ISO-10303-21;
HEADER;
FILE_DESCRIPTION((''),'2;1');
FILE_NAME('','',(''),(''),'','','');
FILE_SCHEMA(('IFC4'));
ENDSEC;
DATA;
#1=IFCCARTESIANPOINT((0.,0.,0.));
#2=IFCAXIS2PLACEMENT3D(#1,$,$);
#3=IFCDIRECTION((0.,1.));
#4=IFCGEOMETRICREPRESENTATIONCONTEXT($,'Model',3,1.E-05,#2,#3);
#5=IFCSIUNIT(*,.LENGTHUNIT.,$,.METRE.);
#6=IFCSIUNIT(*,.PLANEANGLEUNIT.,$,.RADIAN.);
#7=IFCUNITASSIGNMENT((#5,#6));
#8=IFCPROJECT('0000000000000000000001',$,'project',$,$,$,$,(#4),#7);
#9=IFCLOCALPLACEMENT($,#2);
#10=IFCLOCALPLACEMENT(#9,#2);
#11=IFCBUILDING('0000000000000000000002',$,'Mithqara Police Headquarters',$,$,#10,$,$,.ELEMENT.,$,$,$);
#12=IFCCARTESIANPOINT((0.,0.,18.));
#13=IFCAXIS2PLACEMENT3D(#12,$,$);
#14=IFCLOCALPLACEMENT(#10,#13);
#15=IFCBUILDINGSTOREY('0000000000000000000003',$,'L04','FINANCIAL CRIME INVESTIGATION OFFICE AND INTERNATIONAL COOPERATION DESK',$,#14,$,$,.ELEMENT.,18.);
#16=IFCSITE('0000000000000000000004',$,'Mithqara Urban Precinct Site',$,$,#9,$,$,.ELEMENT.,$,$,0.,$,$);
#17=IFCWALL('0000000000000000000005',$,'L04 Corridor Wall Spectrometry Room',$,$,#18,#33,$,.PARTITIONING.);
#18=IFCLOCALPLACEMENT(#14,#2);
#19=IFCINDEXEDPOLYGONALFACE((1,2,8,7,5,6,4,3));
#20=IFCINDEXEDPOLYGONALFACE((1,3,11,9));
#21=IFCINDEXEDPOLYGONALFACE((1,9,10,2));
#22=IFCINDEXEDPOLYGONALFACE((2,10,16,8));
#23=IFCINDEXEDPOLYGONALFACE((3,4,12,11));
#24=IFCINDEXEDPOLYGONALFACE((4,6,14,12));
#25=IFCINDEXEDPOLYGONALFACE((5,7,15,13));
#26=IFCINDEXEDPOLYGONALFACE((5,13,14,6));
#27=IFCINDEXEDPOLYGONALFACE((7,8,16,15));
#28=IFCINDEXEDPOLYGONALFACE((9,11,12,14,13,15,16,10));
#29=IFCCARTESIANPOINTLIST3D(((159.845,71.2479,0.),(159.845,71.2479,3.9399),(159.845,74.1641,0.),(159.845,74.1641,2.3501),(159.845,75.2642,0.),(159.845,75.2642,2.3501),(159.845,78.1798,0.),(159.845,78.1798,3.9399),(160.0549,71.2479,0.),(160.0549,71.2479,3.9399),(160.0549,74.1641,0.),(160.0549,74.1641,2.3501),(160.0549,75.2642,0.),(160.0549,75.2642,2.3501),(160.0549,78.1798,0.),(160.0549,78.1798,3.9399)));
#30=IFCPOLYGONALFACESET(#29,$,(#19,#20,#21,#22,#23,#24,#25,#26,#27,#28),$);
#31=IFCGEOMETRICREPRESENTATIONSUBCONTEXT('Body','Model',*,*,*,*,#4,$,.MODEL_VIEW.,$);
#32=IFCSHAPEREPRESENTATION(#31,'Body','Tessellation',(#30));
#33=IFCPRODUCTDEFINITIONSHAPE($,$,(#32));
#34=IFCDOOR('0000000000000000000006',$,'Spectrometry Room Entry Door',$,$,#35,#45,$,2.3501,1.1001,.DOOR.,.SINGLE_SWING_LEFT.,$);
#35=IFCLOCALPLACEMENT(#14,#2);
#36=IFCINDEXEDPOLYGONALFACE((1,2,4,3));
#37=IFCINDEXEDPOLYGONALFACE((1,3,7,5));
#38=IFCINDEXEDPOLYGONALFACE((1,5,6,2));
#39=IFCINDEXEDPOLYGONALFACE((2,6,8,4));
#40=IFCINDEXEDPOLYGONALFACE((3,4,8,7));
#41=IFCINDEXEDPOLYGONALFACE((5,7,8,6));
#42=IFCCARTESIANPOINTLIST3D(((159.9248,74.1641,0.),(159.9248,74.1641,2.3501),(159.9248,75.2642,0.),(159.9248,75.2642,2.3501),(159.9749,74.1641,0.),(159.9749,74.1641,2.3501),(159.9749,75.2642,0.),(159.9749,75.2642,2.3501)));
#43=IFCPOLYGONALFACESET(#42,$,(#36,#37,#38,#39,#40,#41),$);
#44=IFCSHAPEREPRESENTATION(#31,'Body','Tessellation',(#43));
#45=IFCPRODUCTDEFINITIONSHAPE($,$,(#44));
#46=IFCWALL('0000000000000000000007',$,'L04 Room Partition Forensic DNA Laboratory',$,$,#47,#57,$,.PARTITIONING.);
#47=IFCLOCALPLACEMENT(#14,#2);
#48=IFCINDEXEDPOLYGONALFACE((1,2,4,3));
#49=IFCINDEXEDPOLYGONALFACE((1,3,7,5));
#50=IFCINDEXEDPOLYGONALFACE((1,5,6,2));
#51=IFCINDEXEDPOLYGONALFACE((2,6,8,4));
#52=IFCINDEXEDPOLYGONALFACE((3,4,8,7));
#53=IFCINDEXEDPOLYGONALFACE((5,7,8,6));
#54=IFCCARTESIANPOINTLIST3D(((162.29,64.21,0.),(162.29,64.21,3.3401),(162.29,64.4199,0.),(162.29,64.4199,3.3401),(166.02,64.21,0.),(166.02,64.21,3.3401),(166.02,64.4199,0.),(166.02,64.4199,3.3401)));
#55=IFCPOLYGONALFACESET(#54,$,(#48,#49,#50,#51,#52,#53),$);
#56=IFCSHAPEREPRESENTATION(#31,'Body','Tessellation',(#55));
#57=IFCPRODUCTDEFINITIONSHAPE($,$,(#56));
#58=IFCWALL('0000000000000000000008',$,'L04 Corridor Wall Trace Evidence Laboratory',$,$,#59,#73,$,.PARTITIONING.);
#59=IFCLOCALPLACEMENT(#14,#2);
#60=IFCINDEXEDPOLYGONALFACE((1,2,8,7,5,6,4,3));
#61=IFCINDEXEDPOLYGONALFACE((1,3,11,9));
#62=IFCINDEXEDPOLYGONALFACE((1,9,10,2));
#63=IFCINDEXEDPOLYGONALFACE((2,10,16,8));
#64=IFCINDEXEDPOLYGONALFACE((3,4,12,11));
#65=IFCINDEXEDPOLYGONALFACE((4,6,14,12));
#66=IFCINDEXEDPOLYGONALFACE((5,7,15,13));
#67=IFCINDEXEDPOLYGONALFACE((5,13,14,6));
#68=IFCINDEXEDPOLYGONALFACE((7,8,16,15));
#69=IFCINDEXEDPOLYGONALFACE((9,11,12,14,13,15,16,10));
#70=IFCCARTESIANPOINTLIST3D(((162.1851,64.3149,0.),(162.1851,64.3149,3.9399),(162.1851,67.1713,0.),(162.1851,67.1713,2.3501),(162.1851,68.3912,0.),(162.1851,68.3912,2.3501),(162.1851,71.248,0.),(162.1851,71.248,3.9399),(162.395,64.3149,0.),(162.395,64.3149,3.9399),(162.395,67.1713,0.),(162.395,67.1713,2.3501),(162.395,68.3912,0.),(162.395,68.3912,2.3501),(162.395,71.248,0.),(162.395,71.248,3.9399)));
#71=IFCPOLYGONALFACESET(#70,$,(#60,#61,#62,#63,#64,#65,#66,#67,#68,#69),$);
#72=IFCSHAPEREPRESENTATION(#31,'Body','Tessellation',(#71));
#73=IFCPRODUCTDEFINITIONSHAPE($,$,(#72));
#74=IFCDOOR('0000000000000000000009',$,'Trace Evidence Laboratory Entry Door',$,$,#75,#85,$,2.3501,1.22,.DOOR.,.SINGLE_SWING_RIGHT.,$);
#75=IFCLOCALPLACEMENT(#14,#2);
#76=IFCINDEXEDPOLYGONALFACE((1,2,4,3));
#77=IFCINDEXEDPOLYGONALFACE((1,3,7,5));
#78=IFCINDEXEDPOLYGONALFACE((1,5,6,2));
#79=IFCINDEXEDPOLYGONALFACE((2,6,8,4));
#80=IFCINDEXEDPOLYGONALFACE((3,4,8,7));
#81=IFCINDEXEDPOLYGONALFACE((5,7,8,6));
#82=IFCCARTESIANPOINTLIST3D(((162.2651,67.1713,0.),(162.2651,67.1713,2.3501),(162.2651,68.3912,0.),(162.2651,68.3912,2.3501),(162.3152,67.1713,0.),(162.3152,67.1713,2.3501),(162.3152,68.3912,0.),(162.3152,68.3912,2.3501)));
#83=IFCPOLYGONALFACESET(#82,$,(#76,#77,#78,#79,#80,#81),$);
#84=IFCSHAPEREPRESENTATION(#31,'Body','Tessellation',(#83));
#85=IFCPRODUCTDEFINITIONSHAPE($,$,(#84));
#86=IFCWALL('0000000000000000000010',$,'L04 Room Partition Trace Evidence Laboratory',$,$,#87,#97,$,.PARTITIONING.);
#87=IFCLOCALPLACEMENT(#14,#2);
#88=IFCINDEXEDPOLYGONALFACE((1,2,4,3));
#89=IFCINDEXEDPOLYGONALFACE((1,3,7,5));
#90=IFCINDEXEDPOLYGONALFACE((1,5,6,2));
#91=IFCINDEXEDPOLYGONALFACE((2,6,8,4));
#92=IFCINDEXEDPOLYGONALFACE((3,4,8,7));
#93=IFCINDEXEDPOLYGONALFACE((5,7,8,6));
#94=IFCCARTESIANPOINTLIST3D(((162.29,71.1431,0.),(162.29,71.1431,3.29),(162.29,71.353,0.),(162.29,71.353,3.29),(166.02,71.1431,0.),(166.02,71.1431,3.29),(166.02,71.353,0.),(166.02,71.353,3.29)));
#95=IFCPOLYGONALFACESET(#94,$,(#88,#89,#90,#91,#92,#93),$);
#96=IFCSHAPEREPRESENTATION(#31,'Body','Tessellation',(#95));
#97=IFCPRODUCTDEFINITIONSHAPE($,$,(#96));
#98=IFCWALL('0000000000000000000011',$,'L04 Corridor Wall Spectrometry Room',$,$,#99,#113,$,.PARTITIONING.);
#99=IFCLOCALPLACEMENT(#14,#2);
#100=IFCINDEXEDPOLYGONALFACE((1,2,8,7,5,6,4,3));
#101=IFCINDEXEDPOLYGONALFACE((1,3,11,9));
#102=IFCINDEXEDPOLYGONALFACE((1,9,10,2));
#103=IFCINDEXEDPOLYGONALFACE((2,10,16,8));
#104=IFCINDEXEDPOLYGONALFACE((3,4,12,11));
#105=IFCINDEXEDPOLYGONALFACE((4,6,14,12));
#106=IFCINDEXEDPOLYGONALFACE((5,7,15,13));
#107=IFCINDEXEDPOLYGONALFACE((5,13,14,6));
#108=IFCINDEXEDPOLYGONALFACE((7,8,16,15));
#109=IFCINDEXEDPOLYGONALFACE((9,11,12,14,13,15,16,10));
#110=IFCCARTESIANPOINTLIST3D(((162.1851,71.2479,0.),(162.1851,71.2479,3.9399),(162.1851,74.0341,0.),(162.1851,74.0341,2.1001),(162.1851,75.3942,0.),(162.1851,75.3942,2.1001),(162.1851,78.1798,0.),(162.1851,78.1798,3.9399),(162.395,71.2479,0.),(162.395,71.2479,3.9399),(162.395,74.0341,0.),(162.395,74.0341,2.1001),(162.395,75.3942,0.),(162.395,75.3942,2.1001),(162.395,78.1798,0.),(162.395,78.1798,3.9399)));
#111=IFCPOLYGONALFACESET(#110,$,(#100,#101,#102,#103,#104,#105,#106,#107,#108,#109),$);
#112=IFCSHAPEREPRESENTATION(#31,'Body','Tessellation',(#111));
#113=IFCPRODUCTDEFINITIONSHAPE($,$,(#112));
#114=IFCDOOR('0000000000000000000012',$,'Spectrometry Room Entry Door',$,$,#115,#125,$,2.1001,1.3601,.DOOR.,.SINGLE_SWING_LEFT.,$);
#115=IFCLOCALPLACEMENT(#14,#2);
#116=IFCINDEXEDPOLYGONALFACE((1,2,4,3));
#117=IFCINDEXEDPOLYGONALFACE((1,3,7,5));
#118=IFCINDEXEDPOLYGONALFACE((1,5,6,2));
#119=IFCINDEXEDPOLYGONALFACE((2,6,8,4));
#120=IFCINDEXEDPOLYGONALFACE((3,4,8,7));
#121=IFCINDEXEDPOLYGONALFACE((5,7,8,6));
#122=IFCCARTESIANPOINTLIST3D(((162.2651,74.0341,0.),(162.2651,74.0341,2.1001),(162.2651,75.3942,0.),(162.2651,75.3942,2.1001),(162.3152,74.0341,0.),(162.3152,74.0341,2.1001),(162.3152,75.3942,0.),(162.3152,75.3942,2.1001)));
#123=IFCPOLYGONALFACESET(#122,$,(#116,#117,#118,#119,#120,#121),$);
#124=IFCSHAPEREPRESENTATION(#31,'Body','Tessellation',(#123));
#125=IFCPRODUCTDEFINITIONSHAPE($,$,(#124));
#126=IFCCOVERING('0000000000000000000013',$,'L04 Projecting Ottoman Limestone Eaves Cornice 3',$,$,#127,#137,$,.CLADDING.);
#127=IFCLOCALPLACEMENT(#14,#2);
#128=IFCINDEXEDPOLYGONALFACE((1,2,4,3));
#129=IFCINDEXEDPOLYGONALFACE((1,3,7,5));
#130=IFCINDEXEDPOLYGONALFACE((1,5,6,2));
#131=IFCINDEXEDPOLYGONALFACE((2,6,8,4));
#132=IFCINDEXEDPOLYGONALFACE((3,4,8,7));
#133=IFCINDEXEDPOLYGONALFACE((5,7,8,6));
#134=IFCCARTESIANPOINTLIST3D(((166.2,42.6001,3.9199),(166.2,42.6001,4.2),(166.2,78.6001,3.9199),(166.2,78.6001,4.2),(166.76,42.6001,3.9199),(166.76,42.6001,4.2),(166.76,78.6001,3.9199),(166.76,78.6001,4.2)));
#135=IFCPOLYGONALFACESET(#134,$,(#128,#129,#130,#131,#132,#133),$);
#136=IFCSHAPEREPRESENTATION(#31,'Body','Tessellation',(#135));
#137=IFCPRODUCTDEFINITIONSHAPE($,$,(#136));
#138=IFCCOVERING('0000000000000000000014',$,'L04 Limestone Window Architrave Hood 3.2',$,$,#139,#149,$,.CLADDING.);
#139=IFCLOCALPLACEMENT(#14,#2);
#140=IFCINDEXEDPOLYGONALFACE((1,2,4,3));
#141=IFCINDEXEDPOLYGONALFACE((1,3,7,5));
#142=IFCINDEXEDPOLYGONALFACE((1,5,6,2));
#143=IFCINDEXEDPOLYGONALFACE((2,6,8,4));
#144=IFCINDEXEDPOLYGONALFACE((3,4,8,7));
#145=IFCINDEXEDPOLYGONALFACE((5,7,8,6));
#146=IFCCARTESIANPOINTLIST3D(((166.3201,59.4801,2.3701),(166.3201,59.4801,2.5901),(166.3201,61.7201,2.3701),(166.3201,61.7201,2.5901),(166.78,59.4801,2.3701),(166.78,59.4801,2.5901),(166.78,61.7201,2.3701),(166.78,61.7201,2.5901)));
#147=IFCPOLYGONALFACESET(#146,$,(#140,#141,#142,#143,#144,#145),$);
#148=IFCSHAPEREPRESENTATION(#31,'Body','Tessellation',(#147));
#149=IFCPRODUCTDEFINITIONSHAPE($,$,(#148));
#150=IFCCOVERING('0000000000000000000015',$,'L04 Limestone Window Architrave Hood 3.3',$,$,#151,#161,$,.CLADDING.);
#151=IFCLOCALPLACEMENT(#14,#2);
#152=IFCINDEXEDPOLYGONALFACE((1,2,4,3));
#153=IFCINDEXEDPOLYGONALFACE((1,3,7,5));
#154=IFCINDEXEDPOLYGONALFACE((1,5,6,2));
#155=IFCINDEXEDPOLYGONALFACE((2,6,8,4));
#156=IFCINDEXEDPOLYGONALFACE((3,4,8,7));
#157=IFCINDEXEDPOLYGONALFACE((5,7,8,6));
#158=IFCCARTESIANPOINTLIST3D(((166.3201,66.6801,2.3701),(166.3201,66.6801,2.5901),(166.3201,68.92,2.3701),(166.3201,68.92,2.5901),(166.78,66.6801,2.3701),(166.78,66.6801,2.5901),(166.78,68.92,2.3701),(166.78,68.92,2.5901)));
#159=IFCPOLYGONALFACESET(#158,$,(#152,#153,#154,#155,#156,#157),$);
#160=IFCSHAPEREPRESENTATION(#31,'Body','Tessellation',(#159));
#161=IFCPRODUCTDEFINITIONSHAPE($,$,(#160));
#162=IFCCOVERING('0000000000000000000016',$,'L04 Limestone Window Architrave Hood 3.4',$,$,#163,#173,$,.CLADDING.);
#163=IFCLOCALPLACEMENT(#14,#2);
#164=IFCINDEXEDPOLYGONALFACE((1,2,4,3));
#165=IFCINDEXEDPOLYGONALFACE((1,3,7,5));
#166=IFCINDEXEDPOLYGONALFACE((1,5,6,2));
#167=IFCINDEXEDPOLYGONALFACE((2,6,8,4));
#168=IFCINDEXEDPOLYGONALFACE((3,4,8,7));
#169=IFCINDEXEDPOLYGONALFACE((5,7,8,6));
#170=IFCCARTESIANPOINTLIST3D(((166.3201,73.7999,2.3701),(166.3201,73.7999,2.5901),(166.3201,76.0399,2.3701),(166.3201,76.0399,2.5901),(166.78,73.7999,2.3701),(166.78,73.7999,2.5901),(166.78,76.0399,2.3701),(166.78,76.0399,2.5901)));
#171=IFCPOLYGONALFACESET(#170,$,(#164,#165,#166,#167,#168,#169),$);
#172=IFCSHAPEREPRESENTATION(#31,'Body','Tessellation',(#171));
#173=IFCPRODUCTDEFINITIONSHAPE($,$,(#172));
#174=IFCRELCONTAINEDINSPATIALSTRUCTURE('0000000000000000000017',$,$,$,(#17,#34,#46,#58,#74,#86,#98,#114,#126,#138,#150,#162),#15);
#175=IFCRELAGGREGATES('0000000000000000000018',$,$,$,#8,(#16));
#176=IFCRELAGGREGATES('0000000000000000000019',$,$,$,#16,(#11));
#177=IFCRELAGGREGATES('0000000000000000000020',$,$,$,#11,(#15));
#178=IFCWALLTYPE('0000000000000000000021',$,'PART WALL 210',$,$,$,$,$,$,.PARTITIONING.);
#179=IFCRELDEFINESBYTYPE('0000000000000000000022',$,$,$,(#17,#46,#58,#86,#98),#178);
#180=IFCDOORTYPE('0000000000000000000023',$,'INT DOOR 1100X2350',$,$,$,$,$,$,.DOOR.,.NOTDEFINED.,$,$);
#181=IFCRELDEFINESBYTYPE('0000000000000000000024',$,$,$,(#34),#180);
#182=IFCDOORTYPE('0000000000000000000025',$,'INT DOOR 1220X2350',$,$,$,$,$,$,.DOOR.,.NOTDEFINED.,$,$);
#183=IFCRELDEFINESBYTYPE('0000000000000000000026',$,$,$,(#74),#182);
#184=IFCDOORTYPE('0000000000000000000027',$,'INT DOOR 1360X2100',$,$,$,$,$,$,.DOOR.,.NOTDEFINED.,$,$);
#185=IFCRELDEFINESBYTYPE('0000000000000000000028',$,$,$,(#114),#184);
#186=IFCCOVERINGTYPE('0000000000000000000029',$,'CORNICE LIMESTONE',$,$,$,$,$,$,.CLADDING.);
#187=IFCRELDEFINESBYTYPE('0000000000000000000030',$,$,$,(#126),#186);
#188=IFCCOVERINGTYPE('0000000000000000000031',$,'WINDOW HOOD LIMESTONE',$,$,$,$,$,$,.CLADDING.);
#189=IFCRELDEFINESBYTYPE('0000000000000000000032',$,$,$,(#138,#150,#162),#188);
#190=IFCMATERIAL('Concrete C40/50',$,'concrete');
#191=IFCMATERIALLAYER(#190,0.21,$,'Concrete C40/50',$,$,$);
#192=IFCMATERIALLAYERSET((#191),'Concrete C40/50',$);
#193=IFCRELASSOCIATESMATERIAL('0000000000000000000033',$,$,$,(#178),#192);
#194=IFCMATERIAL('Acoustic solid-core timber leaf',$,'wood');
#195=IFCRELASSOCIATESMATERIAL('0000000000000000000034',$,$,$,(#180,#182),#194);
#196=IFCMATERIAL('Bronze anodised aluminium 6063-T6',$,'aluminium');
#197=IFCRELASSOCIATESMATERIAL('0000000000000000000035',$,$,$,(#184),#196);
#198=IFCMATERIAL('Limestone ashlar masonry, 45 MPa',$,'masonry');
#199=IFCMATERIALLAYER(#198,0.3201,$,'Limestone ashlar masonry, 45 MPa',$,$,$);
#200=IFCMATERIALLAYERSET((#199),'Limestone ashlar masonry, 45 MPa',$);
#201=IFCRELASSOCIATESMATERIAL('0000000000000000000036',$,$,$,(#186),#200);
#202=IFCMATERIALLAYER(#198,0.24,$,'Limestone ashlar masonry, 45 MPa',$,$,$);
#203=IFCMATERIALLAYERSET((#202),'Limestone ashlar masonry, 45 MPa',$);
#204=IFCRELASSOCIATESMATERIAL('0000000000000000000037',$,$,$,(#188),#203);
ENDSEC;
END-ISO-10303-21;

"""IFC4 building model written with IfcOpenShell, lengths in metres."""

from ifc_helpers import new_model, si_unit, direction, frame, frame_2d, origin, origin_2d, place, context, subcontext, project, spatial, rectangle, extrude, material, layer, layer_set, type_object, element, fill, save


model = new_model("IFC4")

# Units and contexts
model_context = context("Model", 3, precision=1e-05, world=origin(), true_north=direction((0.0, 1.0)))
body_context = subcontext(model_context, "Body", "Model", "MODEL_VIEW")
ifc_project = project(units=[si_unit("LENGTHUNIT", "METRE"), si_unit("PLANEANGLEUNIT", "RADIAN")], contexts=[model_context])

# Site, building, storey
site_placement = place(None, origin())
site = spatial("IfcSite", under=ifc_project, at=site_placement, Name="Mithqara Urban Precinct Site", CompositionType="ELEMENT", RefElevation=0.0)
building_placement = place(site_placement, origin())
building = spatial("IfcBuilding", under=site, at=building_placement, Name="Mithqara Police Headquarters", CompositionType="ELEMENT")
storey_placement = place(building_placement, frame((0.0, 0.0, 18.0)))
storey = spatial("IfcBuildingStorey", under=building, at=storey_placement, Name="L04", Description="FINANCIAL CRIME INVESTIGATION OFFICE AND INTERNATIONAL COOPERATION DESK", CompositionType="ELEMENT", Elevation=18.0)

# Shared definitions
ifc_material_1 = material(Name="Concrete C40/50", Category="concrete")

# Wall, opening, door
ifc_layer_1 = layer(ifc_material_1, 0.21, Name="Concrete C40/50")
ifc_layer_set_1 = layer_set([ifc_layer_1], Name="Concrete C40/50")
wall_type = type_object("IfcWallType", Name="PART WALL 210", PredefinedType="PARTITIONING", material=ifc_layer_set_1)
ifc_material_2 = material(Name="Acoustic solid-core timber leaf", Category="wood")
wall_1_placement = place(storey_placement, frame((159.95, 71.248, 0.0), z_axis=(0.0, 0.0, 1.0), x_axis=(0.0, 1.0, 0.0)))
wall_1 = element("IfcWall", 1, at=wall_1_placement, inside=storey, type_object=wall_type, Name="L04 Corridor Wall Spectrometry Room", PredefinedType="PARTITIONING", context=body_context, shape_type="SweptSolid", body=[
    extrude(rectangle(XDim=6.9319, YDim=0.21, at=frame_2d((3.4658, 0.0))), origin(), (0.0, 0.0, 1.0), 3.9399),
])
opening_1_placement = place(wall_1_placement, frame((2.916, 0.0, 0.0)))
opening_1 = element("IfcOpeningElement", 2, at=opening_1_placement, cuts=wall_1, PredefinedType="OPENING", context=body_context, shape_type="SweptSolid", body=[
    extrude(rectangle(XDim=1.1001, YDim=2.3501, at=frame_2d((0.55, 1.175))), frame((0.0, 0.115, 0.0), z_axis=(0.0, -1.0, 0.0), x_axis=(1.0, 0.0, 0.0)), (0.0, 0.0, 1.0), 0.23),
])
door_type_1 = type_object("IfcDoorType", Name="INT DOOR 1100X2350", OperationType="NOTDEFINED", PredefinedType="DOOR", material=ifc_material_2)
door_1_placement = place(opening_1_placement, frame((1.1001, 0.0, 0.0), z_axis=(0.0, 0.0, 1.0), x_axis=(-1.0, 0.0, 0.0)))
door_1 = element("IfcDoor", 3, at=door_1_placement, inside=storey, type_object=door_type_1, Name="Spectrometry Room Entry Door", OperationType="SINGLE_SWING_LEFT", OverallHeight=2.3501, OverallWidth=1.1001, PredefinedType="DOOR", context=body_context, shape_type="SweptSolid", body=[
    extrude(rectangle(XDim=1.1001, YDim=2.3501, at=frame_2d((0.55, 1.175))), frame((0.0, 0.0249, 0.0), z_axis=(0.0, -1.0, 0.0), x_axis=(1.0, 0.0, 0.0)), (0.0, 0.0, 1.0), 0.05),
])
fill(opening_1, door_1)

# Wall
wall_2_placement = place(storey_placement, frame((162.29, 64.3149, 0.0), z_axis=(0.0, 0.0, 1.0), x_axis=(1.0, 0.0, 0.0)))
element("IfcWall", 4, at=wall_2_placement, inside=storey, type_object=wall_type, Name="L04 Room Partition Forensic DNA Laboratory", PredefinedType="PARTITIONING", context=body_context, shape_type="SweptSolid", body=[
    extrude(rectangle(XDim=3.73, YDim=0.21, at=frame_2d((1.865, 0.0))), origin(), (0.0, 0.0, 1.0), 3.3401),
])

# Wall, opening, door
wall_3_placement = place(storey_placement, frame((162.29, 64.3149, 0.0), z_axis=(0.0, 0.0, 1.0), x_axis=(0.0, 1.0, 0.0)))
wall_3 = element("IfcWall", 5, at=wall_3_placement, inside=storey, type_object=wall_type, Name="L04 Corridor Wall Trace Evidence Laboratory", PredefinedType="PARTITIONING", context=body_context, shape_type="SweptSolid", body=[
    extrude(rectangle(XDim=6.9331, YDim=0.21, at=frame_2d((3.4666, 0.0))), origin(), (0.0, 0.0, 1.0), 3.9399),
])
opening_2_placement = place(wall_3_placement, frame((2.8564, 0.0, 0.0)))
opening_2 = element("IfcOpeningElement", 6, at=opening_2_placement, cuts=wall_3, PredefinedType="OPENING", context=body_context, shape_type="SweptSolid", body=[
    extrude(rectangle(XDim=1.22, YDim=2.3501, at=frame_2d((0.6099, 1.175))), frame((0.0, 0.115, 0.0), z_axis=(0.0, -1.0, 0.0), x_axis=(1.0, 0.0, 0.0)), (0.0, 0.0, 1.0), 0.23),
])
door_type_2 = type_object("IfcDoorType", Name="INT DOOR 1220X2350", OperationType="NOTDEFINED", PredefinedType="DOOR", material=ifc_material_2)
door_2_placement = place(opening_2_placement, origin())
door_2 = element("IfcDoor", 7, at=door_2_placement, inside=storey, type_object=door_type_2, Name="Trace Evidence Laboratory Entry Door", OperationType="SINGLE_SWING_RIGHT", OverallHeight=2.3501, OverallWidth=1.22, PredefinedType="DOOR", context=body_context, shape_type="SweptSolid", body=[
    extrude(rectangle(XDim=1.22, YDim=2.3501, at=frame_2d((0.6099, 1.175))), frame((0.0, 0.0249, 0.0), z_axis=(0.0, -1.0, 0.0), x_axis=(1.0, 0.0, 0.0)), (0.0, 0.0, 1.0), 0.05),
])
fill(opening_2, door_2)

# Wall
wall_4_placement = place(storey_placement, frame((162.29, 71.248, 0.0), z_axis=(0.0, 0.0, 1.0), x_axis=(1.0, 0.0, 0.0)))
element("IfcWall", 8, at=wall_4_placement, inside=storey, type_object=wall_type, Name="L04 Room Partition Trace Evidence Laboratory", PredefinedType="PARTITIONING", context=body_context, shape_type="SweptSolid", body=[
    extrude(rectangle(XDim=3.73, YDim=0.21, at=frame_2d((1.865, 0.0))), origin(), (0.0, 0.0, 1.0), 3.29),
])

# Wall, opening, door
wall_5_placement = place(storey_placement, frame((162.29, 71.248, 0.0), z_axis=(0.0, 0.0, 1.0), x_axis=(0.0, 1.0, 0.0)))
wall_5 = element("IfcWall", 9, at=wall_5_placement, inside=storey, type_object=wall_type, Name="L04 Corridor Wall Spectrometry Room", PredefinedType="PARTITIONING", context=body_context, shape_type="SweptSolid", body=[
    extrude(rectangle(XDim=6.9319, YDim=0.21, at=frame_2d((3.4658, 0.0))), origin(), (0.0, 0.0, 1.0), 3.9399),
])
opening_3_placement = place(wall_5_placement, frame((2.7859, 0.0, 0.0)))
opening_3 = element("IfcOpeningElement", 10, at=opening_3_placement, cuts=wall_5, PredefinedType="OPENING", context=body_context, shape_type="SweptSolid", body=[
    extrude(rectangle(XDim=1.3601, YDim=2.1001, at=frame_2d((0.6802, 1.05))), frame((0.0, 0.115, 0.0), z_axis=(0.0, -1.0, 0.0), x_axis=(1.0, 0.0, 0.0)), (0.0, 0.0, 1.0), 0.23),
])
ifc_material_3 = material(Name="Bronze anodised aluminium 6063-T6", Category="aluminium")
door_type_3 = type_object("IfcDoorType", Name="INT DOOR 1360X2100", OperationType="NOTDEFINED", PredefinedType="DOOR", material=ifc_material_3)
door_3_placement = place(opening_3_placement, origin())
door_3 = element("IfcDoor", 11, at=door_3_placement, inside=storey, type_object=door_type_3, Name="Spectrometry Room Entry Door", OperationType="SINGLE_SWING_LEFT", OverallHeight=2.1001, OverallWidth=1.3601, PredefinedType="DOOR", context=body_context, shape_type="SweptSolid", body=[
    extrude(rectangle(XDim=1.3601, YDim=2.1001, at=frame_2d((0.6802, 1.05))), frame((0.0, 0.0249, 0.0), z_axis=(0.0, -1.0, 0.0), x_axis=(1.0, 0.0, 0.0)), (0.0, 0.0, 1.0), 0.05),
])
fill(opening_3, door_3)

# Coverings
ifc_material_4 = material(Name="Limestone ashlar masonry, 45 MPa", Category="masonry")
ifc_layer_2 = layer(ifc_material_4, 0.3201, Name="Limestone ashlar masonry, 45 MPa")
ifc_layer_set_2 = layer_set([ifc_layer_2], Name="Limestone ashlar masonry, 45 MPa")
covering_type_1 = type_object("IfcCoveringType", Name="CORNICE LIMESTONE", PredefinedType="CLADDING", material=ifc_layer_set_2)
covering_placement = place(storey_placement, frame((166.48, 60.6001, 3.9199), z_axis=(0.0, 0.0, 1.0), x_axis=(0.0, 1.0, 0.0)))
element("IfcCovering", 12, at=covering_placement, inside=storey, type_object=covering_type_1, Name="L04 Projecting Ottoman Limestone Eaves Cornice 3", PredefinedType="CLADDING", context=body_context, shape_type="SweptSolid", body=[
    extrude(rectangle(XDim=36.0, YDim=0.5601, at=origin_2d()), origin(), (0.0, 0.0, 1.0), 0.28),
])
ifc_layer_3 = layer(ifc_material_4, 0.24, Name="Limestone ashlar masonry, 45 MPa")
ifc_layer_set_3 = layer_set([ifc_layer_3], Name="Limestone ashlar masonry, 45 MPa")
covering_type_2 = type_object("IfcCoveringType", Name="WINDOW HOOD LIMESTONE", PredefinedType="CLADDING", material=ifc_layer_set_3)
for number, where, z_axis, x_axis, name in (
    (13, (166.55, 60.6001, 2.3701), (0.0, 0.0, 1.0), (0.0, 1.0, 0.0), "L04 Limestone Window Architrave Hood 3.2"),
    (14, (166.55, 67.8, 2.3701), (0.0, 0.0, 1.0), (0.0, 1.0, 0.0), "L04 Limestone Window Architrave Hood 3.3"),
    (15, (166.55, 74.9199, 2.3701), (0.0, 0.0, 1.0), (0.0, 1.0, 0.0), "L04 Limestone Window Architrave Hood 3.4"),
):
    element("IfcCovering", number, at=place(storey_placement, frame(where, z_axis=z_axis, x_axis=x_axis)), inside=storey, type_object=covering_type_2, Name=name, PredefinedType="CLADDING", context=body_context, shape_type="SweptSolid", body=[
        extrude(rectangle(XDim=2.24, YDim=0.46, at=origin_2d()), origin(), (0.0, 0.0, 1.0), 0.22),
    ])

save(model, "model.ifc")
